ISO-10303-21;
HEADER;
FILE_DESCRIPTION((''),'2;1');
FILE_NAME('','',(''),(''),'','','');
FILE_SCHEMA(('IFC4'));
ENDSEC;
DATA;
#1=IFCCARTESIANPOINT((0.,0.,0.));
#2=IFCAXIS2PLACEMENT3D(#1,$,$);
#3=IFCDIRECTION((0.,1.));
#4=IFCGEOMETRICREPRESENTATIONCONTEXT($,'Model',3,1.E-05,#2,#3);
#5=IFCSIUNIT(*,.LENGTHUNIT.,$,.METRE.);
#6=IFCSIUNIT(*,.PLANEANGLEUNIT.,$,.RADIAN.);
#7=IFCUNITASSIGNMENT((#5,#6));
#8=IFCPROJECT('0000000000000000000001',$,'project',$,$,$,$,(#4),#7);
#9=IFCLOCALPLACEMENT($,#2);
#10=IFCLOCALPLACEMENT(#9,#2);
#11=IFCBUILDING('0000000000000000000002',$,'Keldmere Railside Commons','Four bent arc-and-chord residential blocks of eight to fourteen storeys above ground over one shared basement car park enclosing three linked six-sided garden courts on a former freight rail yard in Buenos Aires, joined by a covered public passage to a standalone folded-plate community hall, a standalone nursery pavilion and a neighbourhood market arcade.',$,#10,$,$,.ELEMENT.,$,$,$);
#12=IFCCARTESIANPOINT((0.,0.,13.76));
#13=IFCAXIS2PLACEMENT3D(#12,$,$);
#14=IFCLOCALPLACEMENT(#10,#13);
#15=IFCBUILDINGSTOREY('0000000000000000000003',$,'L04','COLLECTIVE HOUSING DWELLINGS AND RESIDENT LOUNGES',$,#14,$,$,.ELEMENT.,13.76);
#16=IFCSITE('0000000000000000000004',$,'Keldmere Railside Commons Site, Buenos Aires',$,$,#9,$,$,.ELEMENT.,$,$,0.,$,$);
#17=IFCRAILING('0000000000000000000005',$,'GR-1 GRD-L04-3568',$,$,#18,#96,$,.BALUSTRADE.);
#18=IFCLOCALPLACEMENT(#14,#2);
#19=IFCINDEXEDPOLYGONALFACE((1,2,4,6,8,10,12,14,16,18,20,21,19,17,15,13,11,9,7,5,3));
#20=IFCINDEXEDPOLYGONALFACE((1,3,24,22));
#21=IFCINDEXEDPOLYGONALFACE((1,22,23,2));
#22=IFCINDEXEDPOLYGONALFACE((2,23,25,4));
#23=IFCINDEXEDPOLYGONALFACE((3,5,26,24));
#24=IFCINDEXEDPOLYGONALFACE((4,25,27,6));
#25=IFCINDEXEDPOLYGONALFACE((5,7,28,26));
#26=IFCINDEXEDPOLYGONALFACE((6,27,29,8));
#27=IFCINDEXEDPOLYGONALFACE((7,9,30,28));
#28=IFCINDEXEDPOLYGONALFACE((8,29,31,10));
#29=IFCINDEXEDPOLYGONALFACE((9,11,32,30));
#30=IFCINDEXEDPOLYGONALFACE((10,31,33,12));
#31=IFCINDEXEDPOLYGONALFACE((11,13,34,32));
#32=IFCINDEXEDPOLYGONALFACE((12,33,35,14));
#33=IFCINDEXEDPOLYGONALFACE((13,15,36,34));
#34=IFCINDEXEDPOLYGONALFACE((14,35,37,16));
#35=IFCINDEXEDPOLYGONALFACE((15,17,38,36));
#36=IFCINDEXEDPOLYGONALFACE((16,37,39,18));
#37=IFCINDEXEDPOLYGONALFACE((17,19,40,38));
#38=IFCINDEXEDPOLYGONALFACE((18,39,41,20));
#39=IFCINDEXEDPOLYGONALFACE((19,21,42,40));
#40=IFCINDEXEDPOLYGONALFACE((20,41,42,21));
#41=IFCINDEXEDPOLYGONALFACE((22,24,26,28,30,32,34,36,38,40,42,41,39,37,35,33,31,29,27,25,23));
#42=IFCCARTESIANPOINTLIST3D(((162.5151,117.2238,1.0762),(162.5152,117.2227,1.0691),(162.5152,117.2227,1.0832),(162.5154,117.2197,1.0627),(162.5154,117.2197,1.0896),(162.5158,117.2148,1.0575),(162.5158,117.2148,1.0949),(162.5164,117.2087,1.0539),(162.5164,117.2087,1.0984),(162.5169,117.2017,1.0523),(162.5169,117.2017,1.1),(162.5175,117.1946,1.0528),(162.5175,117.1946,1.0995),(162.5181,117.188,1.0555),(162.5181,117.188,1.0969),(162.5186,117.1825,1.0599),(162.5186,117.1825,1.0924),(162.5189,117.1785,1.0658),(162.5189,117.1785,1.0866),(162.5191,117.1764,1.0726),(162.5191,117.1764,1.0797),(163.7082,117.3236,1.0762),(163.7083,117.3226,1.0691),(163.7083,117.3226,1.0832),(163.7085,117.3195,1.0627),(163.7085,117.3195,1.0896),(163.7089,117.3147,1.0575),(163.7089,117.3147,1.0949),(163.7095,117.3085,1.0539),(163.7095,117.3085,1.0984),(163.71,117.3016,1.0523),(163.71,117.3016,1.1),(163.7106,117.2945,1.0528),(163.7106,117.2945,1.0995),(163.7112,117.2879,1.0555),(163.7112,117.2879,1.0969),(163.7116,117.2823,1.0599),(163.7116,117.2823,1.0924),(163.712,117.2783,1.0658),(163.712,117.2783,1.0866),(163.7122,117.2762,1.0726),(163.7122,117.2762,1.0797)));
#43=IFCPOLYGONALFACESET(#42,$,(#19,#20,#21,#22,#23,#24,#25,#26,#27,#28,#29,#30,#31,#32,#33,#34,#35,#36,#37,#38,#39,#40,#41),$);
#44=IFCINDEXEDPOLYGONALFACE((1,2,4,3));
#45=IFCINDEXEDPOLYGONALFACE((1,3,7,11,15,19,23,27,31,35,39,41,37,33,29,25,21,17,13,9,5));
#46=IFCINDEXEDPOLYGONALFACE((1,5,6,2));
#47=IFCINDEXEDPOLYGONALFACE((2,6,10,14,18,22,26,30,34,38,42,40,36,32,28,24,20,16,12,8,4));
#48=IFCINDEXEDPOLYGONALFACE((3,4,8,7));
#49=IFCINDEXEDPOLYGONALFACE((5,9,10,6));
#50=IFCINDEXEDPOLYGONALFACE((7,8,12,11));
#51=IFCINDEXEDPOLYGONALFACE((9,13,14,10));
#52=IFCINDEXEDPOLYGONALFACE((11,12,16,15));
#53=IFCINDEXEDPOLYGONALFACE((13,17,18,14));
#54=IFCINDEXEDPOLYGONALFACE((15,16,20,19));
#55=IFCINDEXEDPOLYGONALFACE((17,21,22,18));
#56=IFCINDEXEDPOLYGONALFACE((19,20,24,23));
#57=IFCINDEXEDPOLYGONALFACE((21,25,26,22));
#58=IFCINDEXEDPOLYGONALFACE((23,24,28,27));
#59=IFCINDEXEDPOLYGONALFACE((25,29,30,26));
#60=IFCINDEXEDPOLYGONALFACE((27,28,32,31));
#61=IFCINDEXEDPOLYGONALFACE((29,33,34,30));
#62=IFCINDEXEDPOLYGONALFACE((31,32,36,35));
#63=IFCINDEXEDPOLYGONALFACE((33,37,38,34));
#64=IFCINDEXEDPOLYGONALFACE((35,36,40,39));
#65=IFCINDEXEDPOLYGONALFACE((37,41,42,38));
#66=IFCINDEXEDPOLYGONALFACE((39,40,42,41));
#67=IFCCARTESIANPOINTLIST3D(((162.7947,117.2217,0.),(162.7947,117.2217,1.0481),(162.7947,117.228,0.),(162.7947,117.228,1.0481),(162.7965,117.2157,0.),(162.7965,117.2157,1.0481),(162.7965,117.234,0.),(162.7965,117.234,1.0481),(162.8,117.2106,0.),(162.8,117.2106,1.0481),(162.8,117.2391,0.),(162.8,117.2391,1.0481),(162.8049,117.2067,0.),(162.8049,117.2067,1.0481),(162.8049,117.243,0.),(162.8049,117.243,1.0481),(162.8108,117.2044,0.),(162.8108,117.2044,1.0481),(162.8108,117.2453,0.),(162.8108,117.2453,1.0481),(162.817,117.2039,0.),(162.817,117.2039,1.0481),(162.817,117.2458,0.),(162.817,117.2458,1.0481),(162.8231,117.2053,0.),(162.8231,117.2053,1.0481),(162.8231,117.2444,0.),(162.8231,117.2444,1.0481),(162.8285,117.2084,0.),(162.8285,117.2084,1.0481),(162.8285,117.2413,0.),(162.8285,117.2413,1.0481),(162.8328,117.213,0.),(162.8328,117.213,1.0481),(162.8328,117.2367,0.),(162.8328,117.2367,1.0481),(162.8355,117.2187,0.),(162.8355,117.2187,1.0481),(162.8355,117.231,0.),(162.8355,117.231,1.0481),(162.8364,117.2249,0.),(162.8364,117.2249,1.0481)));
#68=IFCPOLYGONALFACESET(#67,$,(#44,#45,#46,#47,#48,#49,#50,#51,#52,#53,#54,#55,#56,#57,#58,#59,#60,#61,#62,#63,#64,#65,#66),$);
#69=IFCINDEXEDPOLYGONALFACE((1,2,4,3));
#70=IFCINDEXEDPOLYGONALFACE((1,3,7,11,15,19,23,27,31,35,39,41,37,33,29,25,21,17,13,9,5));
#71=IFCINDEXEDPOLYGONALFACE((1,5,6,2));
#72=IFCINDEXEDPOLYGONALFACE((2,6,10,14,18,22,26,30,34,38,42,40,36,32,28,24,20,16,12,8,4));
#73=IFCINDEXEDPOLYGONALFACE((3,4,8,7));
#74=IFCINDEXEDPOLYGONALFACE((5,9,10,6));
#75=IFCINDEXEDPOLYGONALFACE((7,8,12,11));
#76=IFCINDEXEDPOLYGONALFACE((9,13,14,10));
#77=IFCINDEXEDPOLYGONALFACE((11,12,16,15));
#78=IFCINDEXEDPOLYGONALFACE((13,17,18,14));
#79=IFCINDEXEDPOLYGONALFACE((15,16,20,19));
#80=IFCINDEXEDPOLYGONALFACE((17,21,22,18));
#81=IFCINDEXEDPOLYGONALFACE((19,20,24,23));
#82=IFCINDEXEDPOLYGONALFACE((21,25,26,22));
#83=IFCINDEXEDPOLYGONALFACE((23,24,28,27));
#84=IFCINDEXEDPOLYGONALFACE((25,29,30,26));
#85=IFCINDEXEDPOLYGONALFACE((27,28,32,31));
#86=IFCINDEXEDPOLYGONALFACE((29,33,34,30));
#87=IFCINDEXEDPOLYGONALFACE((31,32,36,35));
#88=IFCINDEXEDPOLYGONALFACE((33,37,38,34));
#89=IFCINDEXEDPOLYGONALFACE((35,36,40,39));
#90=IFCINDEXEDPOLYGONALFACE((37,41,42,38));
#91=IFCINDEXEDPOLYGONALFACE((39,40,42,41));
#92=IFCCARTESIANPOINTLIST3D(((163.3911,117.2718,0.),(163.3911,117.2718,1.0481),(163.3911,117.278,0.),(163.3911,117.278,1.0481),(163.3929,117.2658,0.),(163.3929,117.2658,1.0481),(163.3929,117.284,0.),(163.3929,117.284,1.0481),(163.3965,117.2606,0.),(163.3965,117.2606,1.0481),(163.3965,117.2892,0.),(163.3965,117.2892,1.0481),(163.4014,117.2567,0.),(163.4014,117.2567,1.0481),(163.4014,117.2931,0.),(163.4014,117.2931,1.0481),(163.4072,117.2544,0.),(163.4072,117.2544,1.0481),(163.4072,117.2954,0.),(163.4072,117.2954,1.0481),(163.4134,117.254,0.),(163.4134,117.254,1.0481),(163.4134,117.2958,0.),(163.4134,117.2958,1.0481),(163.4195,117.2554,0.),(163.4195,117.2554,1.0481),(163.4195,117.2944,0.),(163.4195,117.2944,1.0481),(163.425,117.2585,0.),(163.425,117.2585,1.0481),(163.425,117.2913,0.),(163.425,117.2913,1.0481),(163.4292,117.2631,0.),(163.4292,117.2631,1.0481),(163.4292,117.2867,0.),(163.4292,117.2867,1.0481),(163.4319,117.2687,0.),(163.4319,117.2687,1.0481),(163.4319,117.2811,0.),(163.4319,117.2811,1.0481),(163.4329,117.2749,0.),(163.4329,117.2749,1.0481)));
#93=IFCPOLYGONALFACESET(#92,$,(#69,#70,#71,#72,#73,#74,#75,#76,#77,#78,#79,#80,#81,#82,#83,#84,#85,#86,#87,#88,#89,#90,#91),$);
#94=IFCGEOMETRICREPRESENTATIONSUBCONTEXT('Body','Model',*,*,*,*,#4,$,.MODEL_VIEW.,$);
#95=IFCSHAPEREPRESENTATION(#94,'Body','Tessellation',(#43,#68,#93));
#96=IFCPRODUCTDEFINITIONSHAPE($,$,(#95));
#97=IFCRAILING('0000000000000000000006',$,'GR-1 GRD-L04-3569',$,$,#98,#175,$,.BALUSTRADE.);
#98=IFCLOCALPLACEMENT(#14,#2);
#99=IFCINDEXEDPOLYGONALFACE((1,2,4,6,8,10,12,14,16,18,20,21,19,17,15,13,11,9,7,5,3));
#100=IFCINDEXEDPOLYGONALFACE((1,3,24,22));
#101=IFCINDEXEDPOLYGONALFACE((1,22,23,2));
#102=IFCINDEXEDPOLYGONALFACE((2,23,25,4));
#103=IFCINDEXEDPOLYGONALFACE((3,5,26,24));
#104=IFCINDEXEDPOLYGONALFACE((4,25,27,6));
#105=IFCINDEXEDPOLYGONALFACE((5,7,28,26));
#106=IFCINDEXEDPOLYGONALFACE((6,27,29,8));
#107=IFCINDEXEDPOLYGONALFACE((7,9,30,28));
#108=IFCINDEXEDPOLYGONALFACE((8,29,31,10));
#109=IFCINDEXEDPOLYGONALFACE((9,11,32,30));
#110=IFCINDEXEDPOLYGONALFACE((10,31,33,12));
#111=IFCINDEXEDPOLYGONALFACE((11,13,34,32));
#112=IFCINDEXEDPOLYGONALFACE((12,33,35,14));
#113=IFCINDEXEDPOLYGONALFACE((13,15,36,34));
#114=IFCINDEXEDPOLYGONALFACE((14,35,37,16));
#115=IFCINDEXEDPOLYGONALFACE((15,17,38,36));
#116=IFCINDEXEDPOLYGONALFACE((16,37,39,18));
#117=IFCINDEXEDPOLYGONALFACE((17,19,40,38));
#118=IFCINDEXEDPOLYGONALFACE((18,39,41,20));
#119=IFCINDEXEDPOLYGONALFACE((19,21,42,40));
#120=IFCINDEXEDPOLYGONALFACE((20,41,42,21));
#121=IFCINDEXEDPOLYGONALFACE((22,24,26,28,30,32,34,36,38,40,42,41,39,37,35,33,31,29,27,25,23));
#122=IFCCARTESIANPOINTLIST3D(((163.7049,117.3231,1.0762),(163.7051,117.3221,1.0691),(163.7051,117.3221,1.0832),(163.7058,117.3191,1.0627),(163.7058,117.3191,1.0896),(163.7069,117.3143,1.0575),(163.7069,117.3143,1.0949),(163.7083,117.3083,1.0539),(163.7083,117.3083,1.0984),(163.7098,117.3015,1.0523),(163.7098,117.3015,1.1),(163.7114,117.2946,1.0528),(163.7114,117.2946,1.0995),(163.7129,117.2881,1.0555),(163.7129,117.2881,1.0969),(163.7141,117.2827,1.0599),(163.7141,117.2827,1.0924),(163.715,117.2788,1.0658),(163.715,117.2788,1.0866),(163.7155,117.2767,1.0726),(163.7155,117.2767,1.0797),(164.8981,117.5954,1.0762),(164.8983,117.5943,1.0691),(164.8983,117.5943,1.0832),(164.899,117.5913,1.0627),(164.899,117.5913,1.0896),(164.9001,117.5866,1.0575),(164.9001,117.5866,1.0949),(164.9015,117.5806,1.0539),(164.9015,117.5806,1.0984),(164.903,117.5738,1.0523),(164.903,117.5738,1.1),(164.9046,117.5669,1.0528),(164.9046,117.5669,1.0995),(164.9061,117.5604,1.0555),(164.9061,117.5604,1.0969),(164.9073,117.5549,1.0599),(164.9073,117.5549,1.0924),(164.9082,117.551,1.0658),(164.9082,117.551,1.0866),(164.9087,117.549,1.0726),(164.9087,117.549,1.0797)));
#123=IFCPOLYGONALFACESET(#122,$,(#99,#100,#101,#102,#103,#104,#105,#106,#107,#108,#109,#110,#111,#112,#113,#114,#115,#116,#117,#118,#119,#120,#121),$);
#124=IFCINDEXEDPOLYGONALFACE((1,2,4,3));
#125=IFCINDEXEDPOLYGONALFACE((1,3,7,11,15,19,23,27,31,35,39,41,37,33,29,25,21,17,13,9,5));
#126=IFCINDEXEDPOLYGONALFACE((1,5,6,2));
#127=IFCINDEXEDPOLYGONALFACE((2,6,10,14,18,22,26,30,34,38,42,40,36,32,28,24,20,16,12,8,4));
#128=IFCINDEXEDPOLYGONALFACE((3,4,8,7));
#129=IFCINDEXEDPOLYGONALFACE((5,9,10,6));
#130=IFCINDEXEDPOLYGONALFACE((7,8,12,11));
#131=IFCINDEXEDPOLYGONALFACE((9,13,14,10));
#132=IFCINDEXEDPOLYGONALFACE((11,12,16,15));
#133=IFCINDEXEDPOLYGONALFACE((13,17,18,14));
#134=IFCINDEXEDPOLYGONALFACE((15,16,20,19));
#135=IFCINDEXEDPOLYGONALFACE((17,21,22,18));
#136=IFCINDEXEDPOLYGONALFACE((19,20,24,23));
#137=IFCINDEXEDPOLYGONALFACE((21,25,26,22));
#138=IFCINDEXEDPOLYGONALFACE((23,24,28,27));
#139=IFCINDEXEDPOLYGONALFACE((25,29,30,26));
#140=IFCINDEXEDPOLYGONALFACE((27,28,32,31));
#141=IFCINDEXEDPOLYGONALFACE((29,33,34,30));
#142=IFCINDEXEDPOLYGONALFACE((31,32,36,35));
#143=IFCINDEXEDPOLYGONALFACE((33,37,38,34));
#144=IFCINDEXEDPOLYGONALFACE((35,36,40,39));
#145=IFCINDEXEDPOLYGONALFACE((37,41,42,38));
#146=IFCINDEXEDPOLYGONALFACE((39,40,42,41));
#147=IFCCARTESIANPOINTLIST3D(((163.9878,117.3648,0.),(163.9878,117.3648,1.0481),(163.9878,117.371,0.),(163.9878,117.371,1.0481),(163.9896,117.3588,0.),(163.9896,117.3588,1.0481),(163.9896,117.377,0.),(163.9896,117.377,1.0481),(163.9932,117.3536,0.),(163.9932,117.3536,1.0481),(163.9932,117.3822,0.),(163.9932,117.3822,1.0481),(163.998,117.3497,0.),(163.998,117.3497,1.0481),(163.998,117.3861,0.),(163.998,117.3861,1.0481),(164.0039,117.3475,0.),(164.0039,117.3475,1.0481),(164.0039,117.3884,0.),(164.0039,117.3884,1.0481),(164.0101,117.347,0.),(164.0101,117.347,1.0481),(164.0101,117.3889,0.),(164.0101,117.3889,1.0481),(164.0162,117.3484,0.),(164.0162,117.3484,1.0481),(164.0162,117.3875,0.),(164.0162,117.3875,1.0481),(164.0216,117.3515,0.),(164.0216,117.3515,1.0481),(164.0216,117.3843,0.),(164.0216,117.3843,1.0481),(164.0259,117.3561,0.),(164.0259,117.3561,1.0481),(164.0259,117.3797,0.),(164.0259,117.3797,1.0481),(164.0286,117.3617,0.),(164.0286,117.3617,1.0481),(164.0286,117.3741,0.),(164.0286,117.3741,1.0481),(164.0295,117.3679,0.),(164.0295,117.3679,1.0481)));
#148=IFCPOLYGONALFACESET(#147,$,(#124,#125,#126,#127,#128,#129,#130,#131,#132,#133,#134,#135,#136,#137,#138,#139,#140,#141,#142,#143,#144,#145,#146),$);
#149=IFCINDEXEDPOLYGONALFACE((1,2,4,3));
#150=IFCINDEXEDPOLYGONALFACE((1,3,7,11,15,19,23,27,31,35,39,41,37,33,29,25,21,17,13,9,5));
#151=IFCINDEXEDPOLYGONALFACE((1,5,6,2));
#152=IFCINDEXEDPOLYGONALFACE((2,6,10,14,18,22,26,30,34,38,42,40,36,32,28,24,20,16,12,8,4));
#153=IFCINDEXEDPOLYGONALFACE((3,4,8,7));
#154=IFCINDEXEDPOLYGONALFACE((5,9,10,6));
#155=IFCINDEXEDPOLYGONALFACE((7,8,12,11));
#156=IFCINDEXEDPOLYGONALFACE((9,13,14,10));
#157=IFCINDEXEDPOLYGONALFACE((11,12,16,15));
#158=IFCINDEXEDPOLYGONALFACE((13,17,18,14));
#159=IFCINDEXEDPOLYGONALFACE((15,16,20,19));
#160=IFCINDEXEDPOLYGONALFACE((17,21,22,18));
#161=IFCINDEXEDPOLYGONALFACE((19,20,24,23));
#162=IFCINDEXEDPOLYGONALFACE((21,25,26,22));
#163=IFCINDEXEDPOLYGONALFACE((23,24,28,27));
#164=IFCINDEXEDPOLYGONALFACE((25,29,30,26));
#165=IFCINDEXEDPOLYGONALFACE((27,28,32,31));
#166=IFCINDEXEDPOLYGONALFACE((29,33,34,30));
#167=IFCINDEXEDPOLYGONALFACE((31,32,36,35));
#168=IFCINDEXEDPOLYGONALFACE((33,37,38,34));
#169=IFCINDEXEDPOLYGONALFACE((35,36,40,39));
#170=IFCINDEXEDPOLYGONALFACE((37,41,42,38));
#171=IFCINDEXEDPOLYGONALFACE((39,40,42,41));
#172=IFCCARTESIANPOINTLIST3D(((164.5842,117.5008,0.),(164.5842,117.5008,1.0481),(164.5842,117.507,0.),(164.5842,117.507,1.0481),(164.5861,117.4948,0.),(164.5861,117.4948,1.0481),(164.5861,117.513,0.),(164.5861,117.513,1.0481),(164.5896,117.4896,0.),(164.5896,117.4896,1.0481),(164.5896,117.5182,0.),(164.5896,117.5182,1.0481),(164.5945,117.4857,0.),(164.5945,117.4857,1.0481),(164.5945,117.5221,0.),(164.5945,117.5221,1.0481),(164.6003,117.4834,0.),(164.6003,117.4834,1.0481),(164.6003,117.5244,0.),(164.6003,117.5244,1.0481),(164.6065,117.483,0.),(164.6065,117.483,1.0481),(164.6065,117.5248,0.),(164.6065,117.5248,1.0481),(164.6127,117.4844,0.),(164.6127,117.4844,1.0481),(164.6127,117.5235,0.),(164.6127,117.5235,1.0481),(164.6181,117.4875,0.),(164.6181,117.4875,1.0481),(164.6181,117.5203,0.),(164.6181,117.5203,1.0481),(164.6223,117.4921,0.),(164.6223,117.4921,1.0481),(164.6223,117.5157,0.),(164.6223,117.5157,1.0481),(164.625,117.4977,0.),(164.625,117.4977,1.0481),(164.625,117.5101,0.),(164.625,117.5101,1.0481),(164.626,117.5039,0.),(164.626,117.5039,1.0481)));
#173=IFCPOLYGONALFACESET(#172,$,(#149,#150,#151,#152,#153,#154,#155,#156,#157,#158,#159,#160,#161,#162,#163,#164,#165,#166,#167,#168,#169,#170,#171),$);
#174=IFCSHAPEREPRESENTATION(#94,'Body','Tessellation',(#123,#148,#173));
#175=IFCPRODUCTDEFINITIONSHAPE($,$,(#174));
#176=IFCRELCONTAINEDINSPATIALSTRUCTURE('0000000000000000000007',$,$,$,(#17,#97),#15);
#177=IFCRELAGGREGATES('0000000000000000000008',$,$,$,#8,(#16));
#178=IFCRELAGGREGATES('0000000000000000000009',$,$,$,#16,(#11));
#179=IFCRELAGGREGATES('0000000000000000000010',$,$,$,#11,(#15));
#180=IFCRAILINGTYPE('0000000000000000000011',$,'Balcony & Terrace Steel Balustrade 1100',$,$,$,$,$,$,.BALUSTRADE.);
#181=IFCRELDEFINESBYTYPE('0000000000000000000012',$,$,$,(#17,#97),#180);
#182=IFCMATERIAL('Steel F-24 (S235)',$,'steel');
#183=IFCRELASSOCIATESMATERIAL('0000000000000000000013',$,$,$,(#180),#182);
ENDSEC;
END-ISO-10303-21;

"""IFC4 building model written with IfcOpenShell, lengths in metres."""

from ifc_helpers import new_model, si_unit, direction, frame, origin, origin_2d, place, context, subcontext, project, spatial, circle, extrude, material, type_object, element, save


model = new_model("IFC4")

# Units and contexts
model_context = context("Model", 3, precision=1e-05, world=origin(), true_north=direction((0.0, 1.0)))
body_context = subcontext(model_context, "Body", "Model", "MODEL_VIEW")
ifc_project = project(units=[si_unit("LENGTHUNIT", "METRE"), si_unit("PLANEANGLEUNIT", "RADIAN")], contexts=[model_context])

# Site, building, storey
site_placement = place(None, origin())
site = spatial("IfcSite", under=ifc_project, at=site_placement, Name="Keldmere Railside Commons Site, Buenos Aires", CompositionType="ELEMENT", RefElevation=0.0)
building_placement = place(site_placement, origin())
building = spatial("IfcBuilding", under=site, at=building_placement, Name="Keldmere Railside Commons", Description="Four bent arc-and-chord residential blocks of eight to fourteen storeys above ground over one shared basement car park enclosing three linked six-sided garden courts on a former freight rail yard in Buenos Aires, joined by a covered public passage to a standalone folded-plate community hall, a standalone nursery pavilion and a neighbourhood market arcade.", CompositionType="ELEMENT")
storey_placement = place(building_placement, frame((0.0, 0.0, 13.76)))
storey = spatial("IfcBuildingStorey", under=building, at=storey_placement, Name="L04", Description="COLLECTIVE HOUSING DWELLINGS AND RESIDENT LOUNGES", CompositionType="ELEMENT", Elevation=13.76)

# Railings
ifc_material_1 = material(Name="Steel F-24 (S235)", Category="steel")
railing_type = type_object("IfcRailingType", Name="Balcony & Terrace Steel Balustrade 1100", PredefinedType="BALUSTRADE", material=ifc_material_1)
railing_1_placement = place(storey_placement, frame((162.5171, 117.2, 0.0)))
element("IfcRailing", 1, at=railing_1_placement, inside=storey, type_object=railing_type, Name="GR-1 GRD-L04-3568", PredefinedType="BALUSTRADE", context=body_context, shape_type="SweptSolid", body=[
    extrude(circle(Radius=0.0239, at=origin_2d()), frame((0.0, 0.0, 1.0762), z_axis=(0.996516, 0.0834, 0.0), x_axis=(-0.0834, 0.996516, 0.0)), (0.0, 0.0, 1.0), 1.1973),
    extrude(circle(Radius=0.021, at=origin_2d()), frame((0.2983, 0.0249, 0.0)), (0.0, 0.0, 1.0), 1.0481),
    extrude(circle(Radius=0.021, at=origin_2d()), frame((0.8948, 0.075, 0.0)), (0.0, 0.0, 1.0), 1.0481),
])
railing_2_placement = place(storey_placement, frame((163.7102, 117.2998, 0.0)))
element("IfcRailing", 2, at=railing_2_placement, inside=storey, type_object=railing_type, Name="GR-1 GRD-L04-3569", PredefinedType="BALUSTRADE", context=body_context, shape_type="SweptSolid", body=[
    extrude(circle(Radius=0.0239, at=origin_2d()), frame((0.0, 0.0, 1.0762), z_axis=(0.974946, 0.22244, 0.0), x_axis=(-0.22244, 0.974946, 0.0)), (0.0, 0.0, 1.0), 1.2239),
    extrude(circle(Radius=0.021, at=origin_2d()), frame((0.2983, 0.0681, 0.0)), (0.0, 0.0, 1.0), 1.0481),
    extrude(circle(Radius=0.021, at=origin_2d()), frame((0.8948, 0.2041, 0.0)), (0.0, 0.0, 1.0), 1.0481),
])

save(model, "model.ifc")
